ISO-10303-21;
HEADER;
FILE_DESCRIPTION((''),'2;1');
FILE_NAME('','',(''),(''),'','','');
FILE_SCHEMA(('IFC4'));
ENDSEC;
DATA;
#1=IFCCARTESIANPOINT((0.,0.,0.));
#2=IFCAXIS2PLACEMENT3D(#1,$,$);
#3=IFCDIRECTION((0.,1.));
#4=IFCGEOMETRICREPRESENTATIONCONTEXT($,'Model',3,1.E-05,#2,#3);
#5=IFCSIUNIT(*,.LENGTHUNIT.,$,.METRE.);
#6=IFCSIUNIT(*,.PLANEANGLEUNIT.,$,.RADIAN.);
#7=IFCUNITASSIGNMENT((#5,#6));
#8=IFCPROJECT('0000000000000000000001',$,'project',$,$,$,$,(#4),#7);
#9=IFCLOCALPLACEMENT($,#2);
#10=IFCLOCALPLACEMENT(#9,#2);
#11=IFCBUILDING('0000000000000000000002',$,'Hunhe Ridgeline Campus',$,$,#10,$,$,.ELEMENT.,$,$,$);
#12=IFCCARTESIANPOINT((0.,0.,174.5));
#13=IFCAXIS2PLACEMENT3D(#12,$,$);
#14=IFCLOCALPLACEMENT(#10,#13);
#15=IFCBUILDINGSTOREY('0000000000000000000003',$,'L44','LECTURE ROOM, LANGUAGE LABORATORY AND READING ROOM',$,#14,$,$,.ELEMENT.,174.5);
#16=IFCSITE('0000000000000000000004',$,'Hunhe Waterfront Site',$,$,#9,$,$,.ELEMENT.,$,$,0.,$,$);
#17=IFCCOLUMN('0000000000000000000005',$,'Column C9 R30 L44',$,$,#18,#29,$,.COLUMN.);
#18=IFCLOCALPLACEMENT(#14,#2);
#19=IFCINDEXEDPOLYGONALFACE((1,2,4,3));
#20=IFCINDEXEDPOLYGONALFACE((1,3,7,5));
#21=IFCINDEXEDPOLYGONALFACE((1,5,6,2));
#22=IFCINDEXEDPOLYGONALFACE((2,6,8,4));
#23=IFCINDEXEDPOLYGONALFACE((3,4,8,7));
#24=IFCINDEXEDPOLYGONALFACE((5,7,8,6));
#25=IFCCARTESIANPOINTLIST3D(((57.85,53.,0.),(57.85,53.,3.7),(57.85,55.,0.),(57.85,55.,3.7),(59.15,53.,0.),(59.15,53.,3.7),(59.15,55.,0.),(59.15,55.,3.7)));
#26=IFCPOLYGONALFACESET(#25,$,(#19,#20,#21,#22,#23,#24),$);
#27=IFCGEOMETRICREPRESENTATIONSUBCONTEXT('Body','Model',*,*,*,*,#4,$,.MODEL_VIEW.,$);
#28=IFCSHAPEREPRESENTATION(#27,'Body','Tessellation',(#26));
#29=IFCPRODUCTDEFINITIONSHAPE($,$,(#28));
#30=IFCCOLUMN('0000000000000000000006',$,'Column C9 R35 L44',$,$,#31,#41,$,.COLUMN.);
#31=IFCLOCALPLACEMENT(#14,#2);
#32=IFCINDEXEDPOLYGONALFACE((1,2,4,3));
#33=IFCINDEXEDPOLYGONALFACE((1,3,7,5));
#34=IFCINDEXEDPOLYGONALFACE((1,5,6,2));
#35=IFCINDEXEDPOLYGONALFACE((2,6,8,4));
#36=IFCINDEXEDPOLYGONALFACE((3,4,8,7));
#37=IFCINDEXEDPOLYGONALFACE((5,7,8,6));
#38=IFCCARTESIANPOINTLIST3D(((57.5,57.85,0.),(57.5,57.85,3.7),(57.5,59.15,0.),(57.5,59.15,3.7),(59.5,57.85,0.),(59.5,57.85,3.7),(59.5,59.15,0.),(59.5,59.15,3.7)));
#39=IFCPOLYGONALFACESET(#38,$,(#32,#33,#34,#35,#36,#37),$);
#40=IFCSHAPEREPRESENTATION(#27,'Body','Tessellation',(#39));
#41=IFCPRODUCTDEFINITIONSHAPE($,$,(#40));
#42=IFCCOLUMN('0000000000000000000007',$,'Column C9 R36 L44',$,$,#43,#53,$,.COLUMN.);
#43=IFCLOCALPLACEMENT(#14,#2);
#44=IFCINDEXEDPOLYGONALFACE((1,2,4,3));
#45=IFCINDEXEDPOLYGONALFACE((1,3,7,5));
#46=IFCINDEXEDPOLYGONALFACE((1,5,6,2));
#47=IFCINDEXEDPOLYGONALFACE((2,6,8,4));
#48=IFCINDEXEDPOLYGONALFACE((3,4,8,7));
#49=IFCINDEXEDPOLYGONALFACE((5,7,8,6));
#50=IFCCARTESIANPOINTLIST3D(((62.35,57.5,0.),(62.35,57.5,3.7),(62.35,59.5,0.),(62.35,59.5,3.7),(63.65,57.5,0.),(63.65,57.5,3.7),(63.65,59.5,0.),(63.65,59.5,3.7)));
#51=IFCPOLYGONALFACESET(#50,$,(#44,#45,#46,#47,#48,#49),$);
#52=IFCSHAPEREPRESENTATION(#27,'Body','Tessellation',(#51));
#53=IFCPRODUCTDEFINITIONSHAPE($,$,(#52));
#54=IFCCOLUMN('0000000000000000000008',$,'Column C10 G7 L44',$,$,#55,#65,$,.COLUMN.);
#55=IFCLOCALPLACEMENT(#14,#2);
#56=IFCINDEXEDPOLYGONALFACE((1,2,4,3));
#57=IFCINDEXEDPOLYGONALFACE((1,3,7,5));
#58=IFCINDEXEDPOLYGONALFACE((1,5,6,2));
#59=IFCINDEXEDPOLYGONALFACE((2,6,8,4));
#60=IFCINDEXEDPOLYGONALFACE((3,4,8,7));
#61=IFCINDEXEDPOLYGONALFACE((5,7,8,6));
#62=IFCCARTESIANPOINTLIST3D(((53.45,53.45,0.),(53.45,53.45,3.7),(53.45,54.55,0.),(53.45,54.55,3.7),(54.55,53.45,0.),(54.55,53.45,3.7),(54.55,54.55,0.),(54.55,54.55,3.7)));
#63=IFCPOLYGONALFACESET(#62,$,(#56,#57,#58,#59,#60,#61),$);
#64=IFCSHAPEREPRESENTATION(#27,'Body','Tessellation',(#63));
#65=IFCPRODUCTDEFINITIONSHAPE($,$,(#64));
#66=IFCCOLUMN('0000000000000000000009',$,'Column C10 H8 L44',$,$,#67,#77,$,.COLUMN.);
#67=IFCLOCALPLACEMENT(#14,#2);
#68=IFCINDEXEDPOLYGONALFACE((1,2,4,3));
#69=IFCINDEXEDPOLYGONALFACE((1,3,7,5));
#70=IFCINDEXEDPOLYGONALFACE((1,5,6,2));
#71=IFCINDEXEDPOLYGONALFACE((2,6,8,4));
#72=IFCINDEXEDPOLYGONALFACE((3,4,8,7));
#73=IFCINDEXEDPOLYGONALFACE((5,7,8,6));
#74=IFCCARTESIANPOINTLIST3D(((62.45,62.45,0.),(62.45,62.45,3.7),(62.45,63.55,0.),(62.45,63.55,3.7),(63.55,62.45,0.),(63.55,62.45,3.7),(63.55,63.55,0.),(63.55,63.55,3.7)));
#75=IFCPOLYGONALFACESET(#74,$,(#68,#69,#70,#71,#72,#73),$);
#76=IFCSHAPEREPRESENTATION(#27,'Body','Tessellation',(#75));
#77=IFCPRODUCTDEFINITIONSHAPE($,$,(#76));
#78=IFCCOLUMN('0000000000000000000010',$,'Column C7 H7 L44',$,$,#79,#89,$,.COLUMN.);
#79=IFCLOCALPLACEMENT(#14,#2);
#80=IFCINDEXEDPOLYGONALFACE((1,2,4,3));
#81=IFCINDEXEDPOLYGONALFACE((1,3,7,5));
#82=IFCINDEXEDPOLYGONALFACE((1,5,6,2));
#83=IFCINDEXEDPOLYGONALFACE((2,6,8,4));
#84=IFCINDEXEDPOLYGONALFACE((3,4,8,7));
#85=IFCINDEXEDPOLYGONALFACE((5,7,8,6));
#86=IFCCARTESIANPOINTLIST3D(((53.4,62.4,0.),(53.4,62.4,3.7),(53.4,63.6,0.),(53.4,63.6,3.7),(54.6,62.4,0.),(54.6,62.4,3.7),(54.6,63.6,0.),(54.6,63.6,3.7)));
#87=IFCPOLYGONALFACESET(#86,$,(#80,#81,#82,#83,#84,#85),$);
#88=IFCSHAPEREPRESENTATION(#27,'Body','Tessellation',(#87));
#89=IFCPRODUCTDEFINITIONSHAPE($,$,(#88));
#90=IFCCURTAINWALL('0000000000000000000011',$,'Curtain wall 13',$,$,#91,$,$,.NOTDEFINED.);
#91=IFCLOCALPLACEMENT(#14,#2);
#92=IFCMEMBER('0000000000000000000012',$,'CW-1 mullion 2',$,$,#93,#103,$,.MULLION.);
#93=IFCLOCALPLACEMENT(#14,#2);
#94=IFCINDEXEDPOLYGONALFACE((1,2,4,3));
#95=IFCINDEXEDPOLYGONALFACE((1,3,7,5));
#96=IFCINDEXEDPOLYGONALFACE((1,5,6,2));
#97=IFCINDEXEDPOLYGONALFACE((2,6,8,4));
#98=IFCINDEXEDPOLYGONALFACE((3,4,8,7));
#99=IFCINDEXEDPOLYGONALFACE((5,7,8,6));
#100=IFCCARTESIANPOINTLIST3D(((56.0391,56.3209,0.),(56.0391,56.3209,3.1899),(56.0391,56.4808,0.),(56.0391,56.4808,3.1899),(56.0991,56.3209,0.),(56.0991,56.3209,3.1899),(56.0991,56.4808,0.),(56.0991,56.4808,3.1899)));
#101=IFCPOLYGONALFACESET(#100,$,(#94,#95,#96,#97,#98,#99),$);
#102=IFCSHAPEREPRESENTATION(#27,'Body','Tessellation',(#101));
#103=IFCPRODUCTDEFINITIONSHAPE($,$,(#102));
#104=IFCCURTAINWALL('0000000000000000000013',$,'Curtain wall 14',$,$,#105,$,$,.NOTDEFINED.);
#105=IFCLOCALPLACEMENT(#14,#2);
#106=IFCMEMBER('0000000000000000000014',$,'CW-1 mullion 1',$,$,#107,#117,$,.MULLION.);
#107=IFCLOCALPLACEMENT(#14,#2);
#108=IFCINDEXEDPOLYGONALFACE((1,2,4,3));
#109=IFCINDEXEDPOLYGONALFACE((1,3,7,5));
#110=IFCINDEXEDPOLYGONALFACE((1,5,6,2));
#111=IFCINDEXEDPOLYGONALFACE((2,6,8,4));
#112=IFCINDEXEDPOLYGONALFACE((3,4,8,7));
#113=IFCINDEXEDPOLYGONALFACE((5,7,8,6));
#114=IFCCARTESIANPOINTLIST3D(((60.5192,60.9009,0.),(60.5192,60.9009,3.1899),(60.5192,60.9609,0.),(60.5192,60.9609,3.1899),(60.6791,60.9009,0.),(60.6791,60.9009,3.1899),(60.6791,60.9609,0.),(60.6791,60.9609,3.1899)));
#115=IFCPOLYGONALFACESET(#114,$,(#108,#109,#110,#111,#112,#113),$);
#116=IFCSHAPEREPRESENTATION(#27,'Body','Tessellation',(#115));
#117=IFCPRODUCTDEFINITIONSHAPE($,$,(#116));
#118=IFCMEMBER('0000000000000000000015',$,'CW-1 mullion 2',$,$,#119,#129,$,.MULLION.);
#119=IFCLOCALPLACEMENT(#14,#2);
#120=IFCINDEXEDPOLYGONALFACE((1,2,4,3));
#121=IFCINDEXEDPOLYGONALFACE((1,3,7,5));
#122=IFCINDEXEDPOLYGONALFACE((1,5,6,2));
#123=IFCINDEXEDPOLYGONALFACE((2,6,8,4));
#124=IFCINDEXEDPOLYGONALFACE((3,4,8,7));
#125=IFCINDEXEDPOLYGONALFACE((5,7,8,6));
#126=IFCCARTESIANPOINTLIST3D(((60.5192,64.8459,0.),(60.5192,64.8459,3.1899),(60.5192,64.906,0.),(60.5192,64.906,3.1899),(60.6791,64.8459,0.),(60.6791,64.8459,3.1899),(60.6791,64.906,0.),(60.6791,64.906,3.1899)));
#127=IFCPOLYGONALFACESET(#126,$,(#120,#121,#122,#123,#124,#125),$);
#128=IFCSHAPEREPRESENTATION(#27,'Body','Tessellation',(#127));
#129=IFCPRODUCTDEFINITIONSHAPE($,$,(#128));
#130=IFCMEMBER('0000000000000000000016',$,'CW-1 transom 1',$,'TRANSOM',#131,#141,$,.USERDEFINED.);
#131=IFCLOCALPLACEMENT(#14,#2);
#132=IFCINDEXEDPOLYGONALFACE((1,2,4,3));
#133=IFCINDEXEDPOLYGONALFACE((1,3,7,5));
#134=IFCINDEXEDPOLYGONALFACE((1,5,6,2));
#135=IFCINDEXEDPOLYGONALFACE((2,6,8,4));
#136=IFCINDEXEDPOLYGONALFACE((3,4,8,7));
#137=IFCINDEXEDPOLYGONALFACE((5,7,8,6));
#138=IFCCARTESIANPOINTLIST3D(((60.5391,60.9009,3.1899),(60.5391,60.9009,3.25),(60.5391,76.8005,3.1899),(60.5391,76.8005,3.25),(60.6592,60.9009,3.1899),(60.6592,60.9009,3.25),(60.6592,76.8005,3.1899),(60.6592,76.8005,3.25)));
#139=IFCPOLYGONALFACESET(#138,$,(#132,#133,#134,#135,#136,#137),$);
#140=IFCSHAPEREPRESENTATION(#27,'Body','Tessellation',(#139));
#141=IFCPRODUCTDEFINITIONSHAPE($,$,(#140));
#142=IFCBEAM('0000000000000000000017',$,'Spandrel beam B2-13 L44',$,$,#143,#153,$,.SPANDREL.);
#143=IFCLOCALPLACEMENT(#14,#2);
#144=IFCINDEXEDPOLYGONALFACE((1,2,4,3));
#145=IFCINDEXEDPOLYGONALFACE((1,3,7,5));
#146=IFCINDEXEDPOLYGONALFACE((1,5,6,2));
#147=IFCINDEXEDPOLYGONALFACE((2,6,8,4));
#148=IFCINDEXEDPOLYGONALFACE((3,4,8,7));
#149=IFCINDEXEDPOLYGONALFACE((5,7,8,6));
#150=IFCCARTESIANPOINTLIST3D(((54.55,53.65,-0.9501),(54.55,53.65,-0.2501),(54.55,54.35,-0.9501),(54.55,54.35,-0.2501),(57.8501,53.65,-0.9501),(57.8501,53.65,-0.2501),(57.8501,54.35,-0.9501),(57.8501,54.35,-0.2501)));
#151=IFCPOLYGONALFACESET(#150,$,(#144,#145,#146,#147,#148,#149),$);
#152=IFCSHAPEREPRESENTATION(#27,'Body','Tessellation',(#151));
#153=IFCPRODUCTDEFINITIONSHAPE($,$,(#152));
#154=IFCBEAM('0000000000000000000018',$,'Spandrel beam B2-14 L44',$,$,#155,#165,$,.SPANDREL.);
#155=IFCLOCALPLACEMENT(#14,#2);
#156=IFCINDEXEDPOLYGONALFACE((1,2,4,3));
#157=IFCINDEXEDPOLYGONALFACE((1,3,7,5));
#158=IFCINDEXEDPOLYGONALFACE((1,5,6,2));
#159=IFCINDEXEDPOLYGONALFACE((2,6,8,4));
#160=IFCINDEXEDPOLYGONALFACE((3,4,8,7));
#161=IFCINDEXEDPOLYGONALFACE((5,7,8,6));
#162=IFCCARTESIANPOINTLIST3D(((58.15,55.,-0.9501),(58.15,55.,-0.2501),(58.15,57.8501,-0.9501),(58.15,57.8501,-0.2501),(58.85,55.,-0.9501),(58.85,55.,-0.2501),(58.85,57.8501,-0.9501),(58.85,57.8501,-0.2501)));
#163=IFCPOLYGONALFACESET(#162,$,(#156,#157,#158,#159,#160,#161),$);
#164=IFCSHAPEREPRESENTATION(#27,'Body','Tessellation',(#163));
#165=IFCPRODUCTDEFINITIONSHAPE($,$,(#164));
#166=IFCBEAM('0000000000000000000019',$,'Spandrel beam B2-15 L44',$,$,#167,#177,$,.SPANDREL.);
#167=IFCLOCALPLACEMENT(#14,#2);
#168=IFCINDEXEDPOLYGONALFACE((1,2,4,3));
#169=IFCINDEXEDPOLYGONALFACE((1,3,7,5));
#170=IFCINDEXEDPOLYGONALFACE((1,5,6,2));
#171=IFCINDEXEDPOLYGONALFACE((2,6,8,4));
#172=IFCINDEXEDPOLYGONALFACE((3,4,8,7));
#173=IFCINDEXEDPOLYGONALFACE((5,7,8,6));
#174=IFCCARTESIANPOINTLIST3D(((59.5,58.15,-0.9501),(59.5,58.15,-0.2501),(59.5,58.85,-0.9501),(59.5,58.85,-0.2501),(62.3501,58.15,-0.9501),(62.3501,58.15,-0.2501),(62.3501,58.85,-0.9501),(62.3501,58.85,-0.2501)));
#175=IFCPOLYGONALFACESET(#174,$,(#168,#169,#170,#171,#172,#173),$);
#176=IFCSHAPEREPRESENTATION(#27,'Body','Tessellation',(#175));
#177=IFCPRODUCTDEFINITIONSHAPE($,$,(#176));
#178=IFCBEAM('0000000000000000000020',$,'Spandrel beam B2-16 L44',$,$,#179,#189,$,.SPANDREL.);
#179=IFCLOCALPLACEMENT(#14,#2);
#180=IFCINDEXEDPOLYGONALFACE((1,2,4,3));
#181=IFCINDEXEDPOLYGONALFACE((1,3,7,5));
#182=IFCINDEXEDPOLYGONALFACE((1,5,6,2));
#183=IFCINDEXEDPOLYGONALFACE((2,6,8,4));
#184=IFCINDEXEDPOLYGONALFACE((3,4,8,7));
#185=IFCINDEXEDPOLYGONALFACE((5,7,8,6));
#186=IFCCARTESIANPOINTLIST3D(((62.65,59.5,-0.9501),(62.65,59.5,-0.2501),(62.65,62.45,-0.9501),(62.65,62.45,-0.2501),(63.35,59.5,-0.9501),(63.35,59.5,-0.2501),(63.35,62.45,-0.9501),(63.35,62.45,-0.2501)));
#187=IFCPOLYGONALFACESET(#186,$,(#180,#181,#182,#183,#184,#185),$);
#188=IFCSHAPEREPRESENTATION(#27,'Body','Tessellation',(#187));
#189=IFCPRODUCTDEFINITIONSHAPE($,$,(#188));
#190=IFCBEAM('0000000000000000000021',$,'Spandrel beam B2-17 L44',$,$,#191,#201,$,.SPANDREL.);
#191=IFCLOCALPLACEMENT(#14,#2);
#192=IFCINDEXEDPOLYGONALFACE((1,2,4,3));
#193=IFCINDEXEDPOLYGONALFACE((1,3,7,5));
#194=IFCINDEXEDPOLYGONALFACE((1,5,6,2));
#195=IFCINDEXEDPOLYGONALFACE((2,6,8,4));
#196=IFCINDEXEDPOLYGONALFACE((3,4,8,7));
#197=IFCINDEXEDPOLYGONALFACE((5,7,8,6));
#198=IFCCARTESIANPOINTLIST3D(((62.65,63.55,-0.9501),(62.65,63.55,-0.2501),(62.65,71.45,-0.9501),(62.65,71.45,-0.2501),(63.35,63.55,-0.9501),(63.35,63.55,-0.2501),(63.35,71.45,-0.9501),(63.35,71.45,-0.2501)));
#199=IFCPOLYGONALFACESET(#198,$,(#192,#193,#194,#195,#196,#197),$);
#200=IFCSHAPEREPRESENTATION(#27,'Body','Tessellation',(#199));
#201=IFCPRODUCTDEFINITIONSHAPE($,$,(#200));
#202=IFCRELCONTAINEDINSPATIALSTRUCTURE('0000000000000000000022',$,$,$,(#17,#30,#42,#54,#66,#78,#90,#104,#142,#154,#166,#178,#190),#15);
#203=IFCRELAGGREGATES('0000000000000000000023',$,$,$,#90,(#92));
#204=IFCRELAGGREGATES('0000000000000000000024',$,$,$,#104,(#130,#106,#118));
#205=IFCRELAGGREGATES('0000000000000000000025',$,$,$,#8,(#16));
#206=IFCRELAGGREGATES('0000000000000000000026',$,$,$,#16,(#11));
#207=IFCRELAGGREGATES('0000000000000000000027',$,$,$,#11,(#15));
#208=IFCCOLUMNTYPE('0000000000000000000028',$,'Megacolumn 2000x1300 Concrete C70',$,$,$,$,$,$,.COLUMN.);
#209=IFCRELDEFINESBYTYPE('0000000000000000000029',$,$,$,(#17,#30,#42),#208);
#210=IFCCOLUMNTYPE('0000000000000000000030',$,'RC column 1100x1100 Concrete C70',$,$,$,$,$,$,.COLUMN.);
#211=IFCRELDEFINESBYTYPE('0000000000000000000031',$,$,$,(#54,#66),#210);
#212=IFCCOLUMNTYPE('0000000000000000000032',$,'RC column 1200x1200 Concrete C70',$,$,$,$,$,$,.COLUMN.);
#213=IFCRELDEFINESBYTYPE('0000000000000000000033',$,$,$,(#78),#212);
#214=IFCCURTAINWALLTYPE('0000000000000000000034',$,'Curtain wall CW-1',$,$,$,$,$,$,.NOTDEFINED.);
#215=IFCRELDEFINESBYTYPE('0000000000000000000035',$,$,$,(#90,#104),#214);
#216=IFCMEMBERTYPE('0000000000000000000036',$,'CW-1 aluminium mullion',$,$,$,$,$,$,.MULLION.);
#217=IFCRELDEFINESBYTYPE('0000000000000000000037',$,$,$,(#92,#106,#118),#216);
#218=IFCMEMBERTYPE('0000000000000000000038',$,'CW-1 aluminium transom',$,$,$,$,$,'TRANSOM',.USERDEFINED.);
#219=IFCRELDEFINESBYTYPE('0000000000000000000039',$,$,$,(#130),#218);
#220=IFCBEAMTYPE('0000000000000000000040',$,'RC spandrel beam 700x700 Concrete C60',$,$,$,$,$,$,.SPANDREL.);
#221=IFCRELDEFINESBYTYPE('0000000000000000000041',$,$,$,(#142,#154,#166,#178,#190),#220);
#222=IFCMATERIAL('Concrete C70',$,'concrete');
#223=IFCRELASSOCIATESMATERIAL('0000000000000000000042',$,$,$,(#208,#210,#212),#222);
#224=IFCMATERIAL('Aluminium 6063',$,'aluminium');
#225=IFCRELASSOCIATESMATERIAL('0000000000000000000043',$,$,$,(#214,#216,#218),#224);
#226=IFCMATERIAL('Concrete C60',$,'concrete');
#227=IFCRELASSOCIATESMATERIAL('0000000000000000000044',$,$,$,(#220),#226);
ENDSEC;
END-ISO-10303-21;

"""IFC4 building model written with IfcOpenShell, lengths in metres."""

from ifc_helpers import new_model, si_unit, direction, frame, origin, origin_2d, place, context, subcontext, project, spatial, rectangle, extrude, material, material_profile, profile_set, type_object, element, aggregate, save


model = new_model("IFC4")

# Units and contexts
model_context = context("Model", 3, precision=1e-05, world=origin(), true_north=direction((0.0, 1.0)))
body_context = subcontext(model_context, "Body", "Model", "MODEL_VIEW")
ifc_project = project(units=[si_unit("LENGTHUNIT", "METRE"), si_unit("PLANEANGLEUNIT", "RADIAN")], contexts=[model_context])

# Site, building, storey
site_placement = place(None, origin())
site = spatial("IfcSite", under=ifc_project, at=site_placement, Name="Hunhe Waterfront Site", CompositionType="ELEMENT", RefElevation=0.0)
building_placement = place(site_placement, origin())
building = spatial("IfcBuilding", under=site, at=building_placement, Name="Hunhe Ridgeline Campus", CompositionType="ELEMENT")
storey_placement = place(building_placement, frame((0.0, 0.0, 174.5)))
storey = spatial("IfcBuildingStorey", under=building, at=storey_placement, Name="L44", Description="LECTURE ROOM, LANGUAGE LABORATORY AND READING ROOM", CompositionType="ELEMENT", Elevation=174.5)

# Columns
ifc_material_1 = material(Name="Concrete C70", Category="concrete")
ifc_material_profile_1 = material_profile(ifc_material_1, rectangle(XDim=2.0, YDim=1.3, at=origin_2d()))
ifc_profile_set_1 = profile_set([ifc_material_profile_1], Name="Concrete C70")
column_type_1 = type_object("IfcColumnType", Name="Megacolumn 2000x1300 Concrete C70", PredefinedType="COLUMN", material=ifc_profile_set_1)
for number, where, z_axis, x_axis, name in (
    (1, (58.5, 54.0, 0.0), (0.0, 0.0, 1.0), (0.0, 1.0, 0.0), "Column C9 R30 L44"),
    (2, (58.5, 58.5, 0.0), (0.0, 0.0, 1.0), (1.0, 0.0, 0.0), "Column C9 R35 L44"),
    (3, (63.0, 58.5, 0.0), (0.0, 0.0, 1.0), (0.0, 1.0, 0.0), "Column C9 R36 L44"),
):
    element("IfcColumn", number, at=place(storey_placement, frame(where, z_axis=z_axis, x_axis=x_axis)), inside=storey, type_object=column_type_1, Name=name, PredefinedType="COLUMN", context=body_context, shape_type="SweptSolid", body=[
        extrude(rectangle(XDim=2.0, YDim=1.3, at=origin_2d()), origin(), (0.0, 0.0, 1.0), 3.7),
    ])
ifc_material_profile_2 = material_profile(ifc_material_1, rectangle(XDim=1.1001, YDim=1.1001, at=origin_2d()))
ifc_profile_set_2 = profile_set([ifc_material_profile_2], Name="Concrete C70")
column_type_2 = type_object("IfcColumnType", Name="RC column 1100x1100 Concrete C70", PredefinedType="COLUMN", material=ifc_profile_set_2)
for number, where, z_axis, x_axis, name in (
    (4, (54.0, 54.0, 0.0), (0.0, 0.0, 1.0), (1.0, 0.0, 0.0), "Column C10 G7 L44"),
    (5, (63.0, 63.0, 0.0), (0.0, 0.0, 1.0), (1.0, 0.0, 0.0), "Column C10 H8 L44"),
):
    element("IfcColumn", number, at=place(storey_placement, frame(where, z_axis=z_axis, x_axis=x_axis)), inside=storey, type_object=column_type_2, Name=name, PredefinedType="COLUMN", context=body_context, shape_type="SweptSolid", body=[
        extrude(rectangle(XDim=1.1001, YDim=1.1001, at=origin_2d()), origin(), (0.0, 0.0, 1.0), 3.7),
    ])
ifc_material_profile_3 = material_profile(ifc_material_1, rectangle(XDim=1.2, YDim=1.2, at=origin_2d()))
ifc_profile_set_3 = profile_set([ifc_material_profile_3], Name="Concrete C70")
column_type_3 = type_object("IfcColumnType", Name="RC column 1200x1200 Concrete C70", PredefinedType="COLUMN", material=ifc_profile_set_3)
column_placement = place(storey_placement, frame((54.0, 63.0, 0.0), z_axis=(0.0, 0.0, 1.0), x_axis=(1.0, 0.0, 0.0)))
element("IfcColumn", 6, at=column_placement, inside=storey, type_object=column_type_3, Name="Column C7 H7 L44", PredefinedType="COLUMN", context=body_context, shape_type="SweptSolid", body=[
    extrude(rectangle(XDim=1.2, YDim=1.2, at=origin_2d()), origin(), (0.0, 0.0, 1.0), 3.7),
])

# Curtain wall, member
ifc_material_2 = material(Name="Aluminium 6063", Category="aluminium")
curtain_wall_type = type_object("IfcCurtainWallType", Name="Curtain wall CW-1", PredefinedType="NOTDEFINED", material=ifc_material_2)
curtain_wall_1_placement = place(storey_placement, origin())
curtain_wall_1 = element("IfcCurtainWall", 7, at=curtain_wall_1_placement, inside=storey, type_object=curtain_wall_type, Name="Curtain wall 13", PredefinedType="NOTDEFINED")
ifc_material_profile_4 = material_profile(ifc_material_2, rectangle(XDim=0.1599, YDim=0.0601, at=origin_2d()))
ifc_profile_set_4 = profile_set([ifc_material_profile_4], Name="Aluminium 6063")
member_type_1 = type_object("IfcMemberType", Name="CW-1 aluminium mullion", PredefinedType="MULLION", material=ifc_profile_set_4)
member_1_placement = place(storey_placement, frame((56.0691, 56.4009, 0.0), z_axis=(0.0, 0.0, 1.0), x_axis=(-0.000002, 1.0, 0.0)))
member_1 = element("IfcMember", 8, at=member_1_placement, type_object=member_type_1, Name="CW-1 mullion 2", PredefinedType="MULLION", context=body_context, shape_type="SweptSolid", body=[
    extrude(rectangle(XDim=0.1599, YDim=0.0601, at=origin_2d()), origin(), (0.0, 0.0, 1.0), 3.1899),
])

# Curtain wall, members
curtain_wall_2_placement = place(storey_placement, origin())
curtain_wall_2 = element("IfcCurtainWall", 9, at=curtain_wall_2_placement, inside=storey, type_object=curtain_wall_type, Name="Curtain wall 14", PredefinedType="NOTDEFINED")
member_2_placement = place(storey_placement, frame((60.5991, 60.9309, 0.0), z_axis=(0.0, 0.0, 1.0), x_axis=(-1.0, 0.0, 0.0)))
member_2 = element("IfcMember", 10, at=member_2_placement, type_object=member_type_1, Name="CW-1 mullion 1", PredefinedType="MULLION", context=body_context, shape_type="SweptSolid", body=[
    extrude(rectangle(XDim=0.1599, YDim=0.0601, at=origin_2d()), origin(), (0.0, 0.0, 1.0), 3.1899),
])
member_3_placement = place(storey_placement, frame((60.5991, 64.876, 0.0), z_axis=(0.0, 0.0, 1.0), x_axis=(-1.0, 0.0, 0.0)))
member_3 = element("IfcMember", 11, at=member_3_placement, type_object=member_type_1, Name="CW-1 mullion 2", PredefinedType="MULLION", context=body_context, shape_type="SweptSolid", body=[
    extrude(rectangle(XDim=0.1599, YDim=0.0601, at=origin_2d()), origin(), (0.0, 0.0, 1.0), 3.1899),
])
ifc_material_profile_5 = material_profile(ifc_material_2, rectangle(XDim=0.1201, YDim=0.0601, at=origin_2d()))
ifc_profile_set_5 = profile_set([ifc_material_profile_5], Name="Aluminium 6063")
member_type_2 = type_object("IfcMemberType", Name="CW-1 aluminium transom", ElementType="TRANSOM", PredefinedType="USERDEFINED", material=ifc_profile_set_5)
member_4_placement = place(storey_placement, frame((60.5991, 60.9009, 3.22), z_axis=(0.0, 1.0, 0.0), x_axis=(-1.0, 0.0, 0.0)))
member_4 = element("IfcMember", 12, at=member_4_placement, type_object=member_type_2, Name="CW-1 transom 1", ObjectType="TRANSOM", PredefinedType="USERDEFINED", context=body_context, shape_type="SweptSolid", body=[
    extrude(rectangle(XDim=0.1201, YDim=0.0601, at=origin_2d()), origin(), (0.0, 0.0, 1.0), 15.8997),
])

# Beams
ifc_material_3 = material(Name="Concrete C60", Category="concrete")
ifc_material_profile_6 = material_profile(ifc_material_3, rectangle(XDim=0.7, YDim=0.7, at=origin_2d()))
ifc_profile_set_6 = profile_set([ifc_material_profile_6], Name="Concrete C60")
beam_type = type_object("IfcBeamType", Name="RC spandrel beam 700x700 Concrete C60", PredefinedType="SPANDREL", material=ifc_profile_set_6)
beam_1_placement = place(storey_placement, frame((54.55, 54.0, -0.6001), z_axis=(1.0, 0.0, 0.0), x_axis=(0.0, 1.0, 0.0)))
element("IfcBeam", 13, at=beam_1_placement, inside=storey, type_object=beam_type, Name="Spandrel beam B2-13 L44", PredefinedType="SPANDREL", context=body_context, shape_type="SweptSolid", body=[
    extrude(rectangle(XDim=0.7, YDim=0.7, at=origin_2d()), origin(), (0.0, 0.0, 1.0), 3.3),
])
for number, where, z_axis, x_axis, name in (
    (14, (58.5, 55.0, -0.6001), (0.0, 1.0, 0.0), (-1.0, 0.0, 0.0), "Spandrel beam B2-14 L44"),
    (15, (59.5, 58.5, -0.6001), (1.0, 0.0, 0.0), (0.0, 1.0, 0.0), "Spandrel beam B2-15 L44"),
):
    element("IfcBeam", number, at=place(storey_placement, frame(where, z_axis=z_axis, x_axis=x_axis)), inside=storey, type_object=beam_type, Name=name, PredefinedType="SPANDREL", context=body_context, shape_type="SweptSolid", body=[
        extrude(rectangle(XDim=0.7, YDim=0.7, at=origin_2d()), origin(), (0.0, 0.0, 1.0), 2.8501),
    ])
beam_2_placement = place(storey_placement, frame((63.0, 59.5, -0.6001), z_axis=(0.0, 1.0, 0.0), x_axis=(-1.0, 0.0, 0.0)))
element("IfcBeam", 16, at=beam_2_placement, inside=storey, type_object=beam_type, Name="Spandrel beam B2-16 L44", PredefinedType="SPANDREL", context=body_context, shape_type="SweptSolid", body=[
    extrude(rectangle(XDim=0.7, YDim=0.7, at=origin_2d()), origin(), (0.0, 0.0, 1.0), 2.95),
])
beam_3_placement = place(storey_placement, frame((63.0, 63.55, -0.6001), z_axis=(0.0, 1.0, 0.0), x_axis=(-1.0, 0.0, 0.0)))
element("IfcBeam", 17, at=beam_3_placement, inside=storey, type_object=beam_type, Name="Spandrel beam B2-17 L44", PredefinedType="SPANDREL", context=body_context, shape_type="SweptSolid", body=[
    extrude(rectangle(XDim=0.7, YDim=0.7, at=origin_2d()), origin(), (0.0, 0.0, 1.0), 7.8999),
])

aggregate(curtain_wall_1, [member_1])
aggregate(curtain_wall_2, [member_4, member_2, member_3])

save(model, "model.ifc")
